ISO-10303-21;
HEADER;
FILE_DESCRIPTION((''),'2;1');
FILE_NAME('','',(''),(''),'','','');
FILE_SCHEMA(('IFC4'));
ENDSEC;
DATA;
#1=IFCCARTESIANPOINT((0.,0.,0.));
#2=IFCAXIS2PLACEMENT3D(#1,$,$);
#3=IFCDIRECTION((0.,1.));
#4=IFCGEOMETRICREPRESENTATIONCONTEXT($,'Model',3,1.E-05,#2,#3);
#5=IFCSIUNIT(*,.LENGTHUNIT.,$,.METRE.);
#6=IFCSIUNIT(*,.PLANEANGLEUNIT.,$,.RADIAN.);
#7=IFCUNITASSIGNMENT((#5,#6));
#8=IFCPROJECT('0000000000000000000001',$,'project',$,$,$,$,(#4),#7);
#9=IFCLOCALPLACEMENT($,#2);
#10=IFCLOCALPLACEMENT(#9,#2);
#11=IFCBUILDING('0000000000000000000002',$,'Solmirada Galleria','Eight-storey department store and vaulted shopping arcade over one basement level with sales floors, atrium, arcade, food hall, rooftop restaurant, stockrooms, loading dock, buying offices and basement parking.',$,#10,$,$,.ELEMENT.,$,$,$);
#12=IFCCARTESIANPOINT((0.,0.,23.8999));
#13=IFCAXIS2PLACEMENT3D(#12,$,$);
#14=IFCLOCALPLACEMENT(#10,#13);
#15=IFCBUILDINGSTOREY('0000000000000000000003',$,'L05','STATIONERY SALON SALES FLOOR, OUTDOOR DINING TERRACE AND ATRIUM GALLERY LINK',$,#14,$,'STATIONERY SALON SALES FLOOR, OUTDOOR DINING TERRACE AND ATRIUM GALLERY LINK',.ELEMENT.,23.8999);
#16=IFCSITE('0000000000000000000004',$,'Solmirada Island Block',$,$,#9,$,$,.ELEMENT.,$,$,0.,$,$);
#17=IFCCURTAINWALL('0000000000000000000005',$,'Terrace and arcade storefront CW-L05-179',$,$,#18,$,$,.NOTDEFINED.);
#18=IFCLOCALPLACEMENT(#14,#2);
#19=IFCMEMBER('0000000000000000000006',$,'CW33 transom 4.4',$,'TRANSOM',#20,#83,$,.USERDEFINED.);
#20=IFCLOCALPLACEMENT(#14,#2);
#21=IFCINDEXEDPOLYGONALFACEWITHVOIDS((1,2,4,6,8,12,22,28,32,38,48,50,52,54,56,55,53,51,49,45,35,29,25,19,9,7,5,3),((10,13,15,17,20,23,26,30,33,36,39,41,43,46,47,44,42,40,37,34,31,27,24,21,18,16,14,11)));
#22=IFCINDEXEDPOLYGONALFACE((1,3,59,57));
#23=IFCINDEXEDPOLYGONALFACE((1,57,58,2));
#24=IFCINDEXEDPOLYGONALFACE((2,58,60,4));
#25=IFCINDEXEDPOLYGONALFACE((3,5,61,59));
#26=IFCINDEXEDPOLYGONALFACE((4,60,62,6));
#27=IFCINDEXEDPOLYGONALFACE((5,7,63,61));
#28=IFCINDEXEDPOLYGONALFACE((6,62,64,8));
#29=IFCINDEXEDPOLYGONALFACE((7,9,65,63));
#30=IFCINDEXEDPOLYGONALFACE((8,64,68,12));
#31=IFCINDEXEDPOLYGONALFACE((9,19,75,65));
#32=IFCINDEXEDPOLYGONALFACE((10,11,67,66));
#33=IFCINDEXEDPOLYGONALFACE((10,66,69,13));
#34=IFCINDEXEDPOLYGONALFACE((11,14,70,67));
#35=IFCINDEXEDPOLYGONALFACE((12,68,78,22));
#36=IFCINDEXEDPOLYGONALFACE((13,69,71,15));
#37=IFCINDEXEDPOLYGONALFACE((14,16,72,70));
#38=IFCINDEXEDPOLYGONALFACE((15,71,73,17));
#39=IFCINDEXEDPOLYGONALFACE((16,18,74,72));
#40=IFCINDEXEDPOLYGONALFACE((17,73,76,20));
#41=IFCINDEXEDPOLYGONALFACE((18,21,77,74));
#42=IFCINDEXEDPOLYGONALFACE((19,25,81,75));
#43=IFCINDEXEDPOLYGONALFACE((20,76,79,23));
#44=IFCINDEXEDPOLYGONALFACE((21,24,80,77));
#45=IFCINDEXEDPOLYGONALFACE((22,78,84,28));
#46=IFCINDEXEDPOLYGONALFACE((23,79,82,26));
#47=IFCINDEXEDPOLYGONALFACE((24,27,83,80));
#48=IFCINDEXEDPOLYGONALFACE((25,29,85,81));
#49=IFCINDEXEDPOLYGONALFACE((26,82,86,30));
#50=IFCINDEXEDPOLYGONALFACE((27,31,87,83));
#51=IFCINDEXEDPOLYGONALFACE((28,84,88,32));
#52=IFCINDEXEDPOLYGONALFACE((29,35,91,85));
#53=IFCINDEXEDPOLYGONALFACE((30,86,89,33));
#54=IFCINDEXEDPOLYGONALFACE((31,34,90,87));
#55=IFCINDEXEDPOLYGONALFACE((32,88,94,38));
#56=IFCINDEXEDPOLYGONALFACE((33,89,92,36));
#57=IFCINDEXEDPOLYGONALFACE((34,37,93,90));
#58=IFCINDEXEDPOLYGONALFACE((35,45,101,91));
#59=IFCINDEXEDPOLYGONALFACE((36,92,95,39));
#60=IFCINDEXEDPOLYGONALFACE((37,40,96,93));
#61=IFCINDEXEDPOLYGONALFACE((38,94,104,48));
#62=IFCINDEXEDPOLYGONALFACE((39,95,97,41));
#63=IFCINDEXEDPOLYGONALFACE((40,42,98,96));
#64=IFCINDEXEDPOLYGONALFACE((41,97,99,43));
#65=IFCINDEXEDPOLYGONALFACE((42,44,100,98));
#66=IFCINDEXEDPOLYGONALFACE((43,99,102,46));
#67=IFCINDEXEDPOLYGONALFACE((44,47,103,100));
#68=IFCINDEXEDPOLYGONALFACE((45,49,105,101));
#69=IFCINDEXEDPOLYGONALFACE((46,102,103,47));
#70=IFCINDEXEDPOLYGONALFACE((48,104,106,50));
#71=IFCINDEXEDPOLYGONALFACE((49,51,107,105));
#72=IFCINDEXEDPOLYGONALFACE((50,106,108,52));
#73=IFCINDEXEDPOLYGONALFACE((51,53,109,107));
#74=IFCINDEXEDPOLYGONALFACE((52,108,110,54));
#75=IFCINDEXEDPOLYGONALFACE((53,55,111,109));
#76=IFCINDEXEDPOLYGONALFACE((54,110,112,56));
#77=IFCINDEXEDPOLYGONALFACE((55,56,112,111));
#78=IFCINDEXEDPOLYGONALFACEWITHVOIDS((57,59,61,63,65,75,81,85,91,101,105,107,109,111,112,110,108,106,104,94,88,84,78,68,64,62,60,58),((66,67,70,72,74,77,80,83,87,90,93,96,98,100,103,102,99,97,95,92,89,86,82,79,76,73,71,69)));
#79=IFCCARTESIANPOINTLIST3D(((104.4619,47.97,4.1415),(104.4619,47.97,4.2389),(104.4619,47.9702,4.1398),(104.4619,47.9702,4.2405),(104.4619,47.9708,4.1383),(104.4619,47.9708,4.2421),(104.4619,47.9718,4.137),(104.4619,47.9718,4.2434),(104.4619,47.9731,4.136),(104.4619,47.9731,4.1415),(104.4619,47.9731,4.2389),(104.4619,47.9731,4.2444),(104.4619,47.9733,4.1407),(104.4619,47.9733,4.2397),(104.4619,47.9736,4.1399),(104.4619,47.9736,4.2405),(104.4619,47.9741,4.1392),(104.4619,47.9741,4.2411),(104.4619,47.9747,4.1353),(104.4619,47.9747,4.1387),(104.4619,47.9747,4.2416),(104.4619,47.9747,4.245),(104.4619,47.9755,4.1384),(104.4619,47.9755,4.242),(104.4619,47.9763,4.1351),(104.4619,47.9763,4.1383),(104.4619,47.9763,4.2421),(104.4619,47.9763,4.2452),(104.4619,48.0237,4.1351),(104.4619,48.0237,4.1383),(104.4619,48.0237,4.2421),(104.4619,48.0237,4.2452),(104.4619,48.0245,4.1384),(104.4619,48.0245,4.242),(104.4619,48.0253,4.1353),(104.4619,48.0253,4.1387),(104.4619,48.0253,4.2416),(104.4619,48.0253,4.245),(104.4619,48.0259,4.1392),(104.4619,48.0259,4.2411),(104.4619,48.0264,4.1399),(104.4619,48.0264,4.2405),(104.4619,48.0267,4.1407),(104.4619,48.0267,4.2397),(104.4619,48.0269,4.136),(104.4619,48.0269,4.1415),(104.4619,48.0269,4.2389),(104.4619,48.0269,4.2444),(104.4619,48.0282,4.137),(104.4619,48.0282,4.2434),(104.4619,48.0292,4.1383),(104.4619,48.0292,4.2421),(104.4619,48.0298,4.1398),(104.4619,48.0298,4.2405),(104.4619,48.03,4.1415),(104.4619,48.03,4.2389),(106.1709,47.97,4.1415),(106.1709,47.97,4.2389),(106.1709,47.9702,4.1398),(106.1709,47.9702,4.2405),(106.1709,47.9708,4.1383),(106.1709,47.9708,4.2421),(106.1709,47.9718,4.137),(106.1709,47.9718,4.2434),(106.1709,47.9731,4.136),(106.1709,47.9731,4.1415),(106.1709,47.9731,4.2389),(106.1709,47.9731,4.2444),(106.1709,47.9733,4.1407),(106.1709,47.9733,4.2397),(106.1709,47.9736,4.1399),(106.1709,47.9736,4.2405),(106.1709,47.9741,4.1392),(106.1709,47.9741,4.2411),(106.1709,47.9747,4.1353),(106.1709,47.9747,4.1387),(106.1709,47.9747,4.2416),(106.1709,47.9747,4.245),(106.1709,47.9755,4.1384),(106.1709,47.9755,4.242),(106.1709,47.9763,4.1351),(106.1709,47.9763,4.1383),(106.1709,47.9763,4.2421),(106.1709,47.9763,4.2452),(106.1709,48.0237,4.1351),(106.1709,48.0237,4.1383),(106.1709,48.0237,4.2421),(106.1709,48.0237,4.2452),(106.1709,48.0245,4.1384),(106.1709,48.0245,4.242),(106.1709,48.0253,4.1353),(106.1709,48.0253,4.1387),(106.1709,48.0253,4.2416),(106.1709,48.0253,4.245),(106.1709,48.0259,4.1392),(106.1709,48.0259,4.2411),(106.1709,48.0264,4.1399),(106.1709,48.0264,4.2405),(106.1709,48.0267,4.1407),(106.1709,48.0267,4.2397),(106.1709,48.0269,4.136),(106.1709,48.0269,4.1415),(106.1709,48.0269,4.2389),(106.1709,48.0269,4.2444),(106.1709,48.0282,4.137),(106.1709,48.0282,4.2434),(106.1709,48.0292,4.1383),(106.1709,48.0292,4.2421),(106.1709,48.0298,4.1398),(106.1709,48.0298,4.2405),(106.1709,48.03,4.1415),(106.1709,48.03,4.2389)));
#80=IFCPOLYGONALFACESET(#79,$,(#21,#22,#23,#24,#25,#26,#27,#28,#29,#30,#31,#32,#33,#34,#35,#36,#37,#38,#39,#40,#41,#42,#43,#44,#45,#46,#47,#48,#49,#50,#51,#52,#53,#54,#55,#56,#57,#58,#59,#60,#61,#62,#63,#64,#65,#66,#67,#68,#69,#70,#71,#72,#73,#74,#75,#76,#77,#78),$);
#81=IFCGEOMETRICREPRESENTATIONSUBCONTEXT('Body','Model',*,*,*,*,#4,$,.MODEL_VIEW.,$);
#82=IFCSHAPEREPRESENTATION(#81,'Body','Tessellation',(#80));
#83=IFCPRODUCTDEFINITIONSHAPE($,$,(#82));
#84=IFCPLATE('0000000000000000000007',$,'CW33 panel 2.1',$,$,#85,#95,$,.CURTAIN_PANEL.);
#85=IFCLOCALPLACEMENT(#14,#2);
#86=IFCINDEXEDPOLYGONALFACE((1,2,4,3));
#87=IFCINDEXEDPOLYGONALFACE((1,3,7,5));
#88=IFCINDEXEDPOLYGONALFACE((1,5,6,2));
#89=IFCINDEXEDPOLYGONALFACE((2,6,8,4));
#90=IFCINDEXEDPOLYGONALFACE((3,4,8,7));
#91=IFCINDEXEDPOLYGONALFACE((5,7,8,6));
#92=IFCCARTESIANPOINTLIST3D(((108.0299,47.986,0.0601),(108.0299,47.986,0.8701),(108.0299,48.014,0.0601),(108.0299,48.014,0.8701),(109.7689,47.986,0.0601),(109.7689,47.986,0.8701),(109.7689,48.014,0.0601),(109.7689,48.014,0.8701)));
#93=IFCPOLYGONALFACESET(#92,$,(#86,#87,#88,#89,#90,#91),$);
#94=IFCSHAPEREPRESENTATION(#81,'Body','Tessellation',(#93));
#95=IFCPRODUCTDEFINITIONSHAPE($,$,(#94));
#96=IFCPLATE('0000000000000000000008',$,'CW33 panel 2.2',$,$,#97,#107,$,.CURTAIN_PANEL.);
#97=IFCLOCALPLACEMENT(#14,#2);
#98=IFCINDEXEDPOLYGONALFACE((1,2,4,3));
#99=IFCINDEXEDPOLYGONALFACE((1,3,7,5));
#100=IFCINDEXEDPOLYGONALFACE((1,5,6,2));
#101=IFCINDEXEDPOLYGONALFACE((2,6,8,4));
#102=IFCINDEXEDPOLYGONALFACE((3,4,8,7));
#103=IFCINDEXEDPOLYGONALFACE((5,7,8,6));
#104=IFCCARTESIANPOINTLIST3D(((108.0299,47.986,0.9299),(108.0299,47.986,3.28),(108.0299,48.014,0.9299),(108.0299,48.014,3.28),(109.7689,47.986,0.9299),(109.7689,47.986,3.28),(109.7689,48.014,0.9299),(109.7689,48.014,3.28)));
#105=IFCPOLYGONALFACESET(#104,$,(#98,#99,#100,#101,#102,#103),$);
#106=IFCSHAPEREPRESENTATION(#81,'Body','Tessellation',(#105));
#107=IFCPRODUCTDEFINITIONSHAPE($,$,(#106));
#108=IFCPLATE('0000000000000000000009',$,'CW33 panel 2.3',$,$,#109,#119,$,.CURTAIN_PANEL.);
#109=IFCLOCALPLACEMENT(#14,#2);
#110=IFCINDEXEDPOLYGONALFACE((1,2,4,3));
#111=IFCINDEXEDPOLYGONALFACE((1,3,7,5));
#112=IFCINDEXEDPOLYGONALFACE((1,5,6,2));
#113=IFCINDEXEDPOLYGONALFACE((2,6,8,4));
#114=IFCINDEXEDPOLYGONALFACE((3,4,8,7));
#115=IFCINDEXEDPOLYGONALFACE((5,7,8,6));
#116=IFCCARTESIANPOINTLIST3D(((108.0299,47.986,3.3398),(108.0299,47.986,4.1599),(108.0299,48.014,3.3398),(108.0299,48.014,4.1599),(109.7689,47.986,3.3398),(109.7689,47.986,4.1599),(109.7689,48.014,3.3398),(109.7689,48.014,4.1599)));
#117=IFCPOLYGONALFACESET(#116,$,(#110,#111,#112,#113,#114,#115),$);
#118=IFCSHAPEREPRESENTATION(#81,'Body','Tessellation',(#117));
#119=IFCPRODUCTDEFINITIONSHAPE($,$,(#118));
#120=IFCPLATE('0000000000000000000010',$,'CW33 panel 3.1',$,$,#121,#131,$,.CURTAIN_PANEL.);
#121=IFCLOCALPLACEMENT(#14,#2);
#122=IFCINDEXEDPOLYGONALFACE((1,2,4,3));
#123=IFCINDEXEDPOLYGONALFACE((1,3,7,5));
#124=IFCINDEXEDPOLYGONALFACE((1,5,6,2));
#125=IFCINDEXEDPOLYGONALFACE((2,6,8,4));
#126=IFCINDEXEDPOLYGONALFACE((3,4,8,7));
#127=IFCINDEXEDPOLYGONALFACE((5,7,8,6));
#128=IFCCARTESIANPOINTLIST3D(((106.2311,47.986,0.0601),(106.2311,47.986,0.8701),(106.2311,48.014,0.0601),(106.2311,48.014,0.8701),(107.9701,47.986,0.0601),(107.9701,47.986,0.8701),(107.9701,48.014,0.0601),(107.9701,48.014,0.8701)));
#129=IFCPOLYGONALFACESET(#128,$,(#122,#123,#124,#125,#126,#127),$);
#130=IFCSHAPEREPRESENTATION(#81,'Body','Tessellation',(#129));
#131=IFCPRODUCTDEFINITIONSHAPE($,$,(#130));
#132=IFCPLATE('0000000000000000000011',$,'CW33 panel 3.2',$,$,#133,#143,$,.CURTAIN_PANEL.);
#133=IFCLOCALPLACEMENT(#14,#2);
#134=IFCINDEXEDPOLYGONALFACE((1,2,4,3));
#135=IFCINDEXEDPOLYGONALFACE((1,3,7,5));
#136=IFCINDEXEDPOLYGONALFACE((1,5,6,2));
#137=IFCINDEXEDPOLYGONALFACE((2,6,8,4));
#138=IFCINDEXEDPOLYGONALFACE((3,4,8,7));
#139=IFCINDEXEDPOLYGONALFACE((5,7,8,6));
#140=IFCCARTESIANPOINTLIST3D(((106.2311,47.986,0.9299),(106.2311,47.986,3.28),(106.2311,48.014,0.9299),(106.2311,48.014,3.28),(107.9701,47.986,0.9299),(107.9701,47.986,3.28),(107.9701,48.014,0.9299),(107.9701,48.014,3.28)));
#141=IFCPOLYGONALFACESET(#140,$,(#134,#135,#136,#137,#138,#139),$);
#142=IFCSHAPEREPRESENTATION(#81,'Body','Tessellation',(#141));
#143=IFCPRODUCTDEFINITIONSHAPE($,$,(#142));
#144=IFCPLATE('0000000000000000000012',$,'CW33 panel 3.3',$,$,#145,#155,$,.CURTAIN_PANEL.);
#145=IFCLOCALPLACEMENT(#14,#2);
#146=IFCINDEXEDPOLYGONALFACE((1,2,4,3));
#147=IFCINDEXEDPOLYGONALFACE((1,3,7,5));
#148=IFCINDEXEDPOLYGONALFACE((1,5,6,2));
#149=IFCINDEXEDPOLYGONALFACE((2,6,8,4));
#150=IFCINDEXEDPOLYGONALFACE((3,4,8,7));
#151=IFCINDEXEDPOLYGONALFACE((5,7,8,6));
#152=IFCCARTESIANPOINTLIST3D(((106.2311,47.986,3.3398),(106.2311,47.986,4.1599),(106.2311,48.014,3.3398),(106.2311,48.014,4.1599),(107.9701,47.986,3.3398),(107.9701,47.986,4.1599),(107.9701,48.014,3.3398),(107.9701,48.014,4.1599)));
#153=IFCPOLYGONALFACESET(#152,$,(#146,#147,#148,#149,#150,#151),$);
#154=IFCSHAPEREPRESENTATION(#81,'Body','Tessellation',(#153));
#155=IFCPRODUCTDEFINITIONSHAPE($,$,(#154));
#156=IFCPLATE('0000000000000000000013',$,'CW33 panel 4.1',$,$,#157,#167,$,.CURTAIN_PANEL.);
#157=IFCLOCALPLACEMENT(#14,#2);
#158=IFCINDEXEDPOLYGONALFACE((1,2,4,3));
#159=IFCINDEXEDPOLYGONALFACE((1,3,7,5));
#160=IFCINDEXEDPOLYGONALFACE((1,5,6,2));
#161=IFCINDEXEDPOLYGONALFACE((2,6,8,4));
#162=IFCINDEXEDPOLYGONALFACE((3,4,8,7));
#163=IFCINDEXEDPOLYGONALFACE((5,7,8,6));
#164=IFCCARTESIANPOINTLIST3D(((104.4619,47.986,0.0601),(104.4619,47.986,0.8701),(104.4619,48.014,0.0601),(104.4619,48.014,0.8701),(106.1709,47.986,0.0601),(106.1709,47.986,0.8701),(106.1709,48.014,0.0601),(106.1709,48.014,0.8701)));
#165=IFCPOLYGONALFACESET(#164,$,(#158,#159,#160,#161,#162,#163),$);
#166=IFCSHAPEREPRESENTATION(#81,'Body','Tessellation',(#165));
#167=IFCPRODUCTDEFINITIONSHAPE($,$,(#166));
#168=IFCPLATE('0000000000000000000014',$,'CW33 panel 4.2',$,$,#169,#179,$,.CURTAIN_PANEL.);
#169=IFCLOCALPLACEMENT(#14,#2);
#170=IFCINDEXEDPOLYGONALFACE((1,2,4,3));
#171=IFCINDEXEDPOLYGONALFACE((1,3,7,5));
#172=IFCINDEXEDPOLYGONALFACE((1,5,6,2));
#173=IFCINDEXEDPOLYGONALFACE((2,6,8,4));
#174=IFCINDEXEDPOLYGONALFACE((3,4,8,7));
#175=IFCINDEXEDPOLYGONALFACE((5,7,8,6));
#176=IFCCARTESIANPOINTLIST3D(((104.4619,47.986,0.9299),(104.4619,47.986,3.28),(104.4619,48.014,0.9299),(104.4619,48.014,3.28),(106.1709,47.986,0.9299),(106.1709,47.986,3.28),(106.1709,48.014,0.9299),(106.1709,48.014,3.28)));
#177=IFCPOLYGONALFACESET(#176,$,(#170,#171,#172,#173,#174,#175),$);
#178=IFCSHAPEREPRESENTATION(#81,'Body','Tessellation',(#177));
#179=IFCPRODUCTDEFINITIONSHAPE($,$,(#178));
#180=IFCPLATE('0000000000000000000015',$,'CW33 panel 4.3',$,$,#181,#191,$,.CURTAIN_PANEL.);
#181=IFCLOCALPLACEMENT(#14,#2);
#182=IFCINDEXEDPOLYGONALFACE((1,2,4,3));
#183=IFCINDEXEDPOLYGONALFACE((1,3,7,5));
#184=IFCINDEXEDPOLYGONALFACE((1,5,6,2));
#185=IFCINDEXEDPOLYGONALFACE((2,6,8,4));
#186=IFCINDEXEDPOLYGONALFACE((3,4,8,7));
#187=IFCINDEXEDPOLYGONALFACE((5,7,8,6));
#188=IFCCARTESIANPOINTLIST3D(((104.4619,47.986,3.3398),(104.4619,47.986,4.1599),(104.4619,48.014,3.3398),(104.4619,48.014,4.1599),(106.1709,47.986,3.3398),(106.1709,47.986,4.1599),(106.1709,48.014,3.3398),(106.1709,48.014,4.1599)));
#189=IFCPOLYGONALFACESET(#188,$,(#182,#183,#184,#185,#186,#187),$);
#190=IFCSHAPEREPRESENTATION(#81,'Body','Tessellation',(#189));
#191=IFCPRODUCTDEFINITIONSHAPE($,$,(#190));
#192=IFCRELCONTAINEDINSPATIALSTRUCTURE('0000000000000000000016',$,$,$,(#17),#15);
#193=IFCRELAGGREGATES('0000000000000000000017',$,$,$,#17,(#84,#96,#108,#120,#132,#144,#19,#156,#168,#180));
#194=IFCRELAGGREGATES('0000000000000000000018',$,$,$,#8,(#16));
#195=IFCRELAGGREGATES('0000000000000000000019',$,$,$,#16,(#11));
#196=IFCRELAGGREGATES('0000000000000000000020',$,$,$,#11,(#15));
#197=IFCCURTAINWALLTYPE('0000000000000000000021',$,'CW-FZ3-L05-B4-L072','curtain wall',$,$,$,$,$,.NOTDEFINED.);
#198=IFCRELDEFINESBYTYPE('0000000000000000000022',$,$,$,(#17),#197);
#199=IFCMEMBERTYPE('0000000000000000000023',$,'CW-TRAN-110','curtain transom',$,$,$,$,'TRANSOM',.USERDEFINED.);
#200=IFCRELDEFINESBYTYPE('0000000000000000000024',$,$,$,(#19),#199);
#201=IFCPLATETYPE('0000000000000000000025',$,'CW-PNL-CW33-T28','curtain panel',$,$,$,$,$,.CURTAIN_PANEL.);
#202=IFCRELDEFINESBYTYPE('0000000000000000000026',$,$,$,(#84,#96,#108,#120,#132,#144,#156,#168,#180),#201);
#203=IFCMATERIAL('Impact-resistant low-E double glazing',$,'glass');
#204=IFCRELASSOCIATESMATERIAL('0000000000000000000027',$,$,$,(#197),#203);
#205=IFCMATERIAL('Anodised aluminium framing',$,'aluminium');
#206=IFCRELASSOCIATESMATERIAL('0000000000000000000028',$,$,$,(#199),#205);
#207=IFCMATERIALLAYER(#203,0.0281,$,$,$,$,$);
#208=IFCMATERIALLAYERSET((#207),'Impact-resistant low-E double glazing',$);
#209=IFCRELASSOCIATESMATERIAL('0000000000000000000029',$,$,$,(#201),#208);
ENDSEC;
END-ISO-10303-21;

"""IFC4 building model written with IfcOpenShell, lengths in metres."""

from ifc_helpers import new_model, si_unit, direction, frame, origin, origin_2d, place, context, subcontext, project, spatial, rectangle, hollow_rectangle, extrude, material, layer, layer_set, material_profile, profile_set, type_object, element, aggregate, save


model = new_model("IFC4")

# Units and contexts
model_context = context("Model", 3, precision=1e-05, world=origin(), true_north=direction((0.0, 1.0)))
body_context = subcontext(model_context, "Body", "Model", "MODEL_VIEW")
ifc_project = project(units=[si_unit("LENGTHUNIT", "METRE"), si_unit("PLANEANGLEUNIT", "RADIAN")], contexts=[model_context])

# Site, building, storey
site_placement = place(None, origin())
site = spatial("IfcSite", under=ifc_project, at=site_placement, Name="Solmirada Island Block", CompositionType="ELEMENT", RefElevation=0.0)
building_placement = place(site_placement, origin())
building = spatial("IfcBuilding", under=site, at=building_placement, Name="Solmirada Galleria", Description="Eight-storey department store and vaulted shopping arcade over one basement level with sales floors, atrium, arcade, food hall, rooftop restaurant, stockrooms, loading dock, buying offices and basement parking.", CompositionType="ELEMENT")
storey_placement = place(building_placement, frame((0.0, 0.0, 23.8999)))
storey = spatial("IfcBuildingStorey", under=building, at=storey_placement, Name="L05", Description="STATIONERY SALON SALES FLOOR, OUTDOOR DINING TERRACE AND ATRIUM GALLERY LINK", LongName="STATIONERY SALON SALES FLOOR, OUTDOOR DINING TERRACE AND ATRIUM GALLERY LINK", CompositionType="ELEMENT", Elevation=23.8999)

# Curtain wall
ifc_material_1 = material(Name="Impact-resistant low-E double glazing", Category="glass")
curtain_wall_type = type_object("IfcCurtainWallType", Name="CW-FZ3-L05-B4-L072", Description="curtain wall", PredefinedType="NOTDEFINED", material=ifc_material_1)
curtain_wall_1_placement = place(storey_placement, origin())
curtain_wall_1 = element("IfcCurtainWall", 1, at=curtain_wall_1_placement, inside=storey, type_object=curtain_wall_type, Name="Terrace and arcade storefront CW-L05-179", PredefinedType="NOTDEFINED")
ifc_material_2 = material(Name="Anodised aluminium framing", Category="aluminium")

# Member
ifc_material_profile_1 = material_profile(ifc_material_2, hollow_rectangle(XDim=0.0601, YDim=0.1101, WallThickness=0.0032, InnerFilletRadius=0.0032, OuterFilletRadius=0.0063, at=origin_2d()), Name="ALU-TRAN-110X60")
ifc_profile_set_1 = profile_set([ifc_material_profile_1], Name="Anodised aluminium framing")
member_type_1 = type_object("IfcMemberType", Name="CW-TRAN-110", Description="curtain transom", ElementType="TRANSOM", PredefinedType="USERDEFINED", material=ifc_profile_set_1)
member_1_placement = place(storey_placement, frame((106.1709, 48.0, 4.1902), z_axis=(-1.0, 0.0, 0.0), x_axis=(0.0, -1.0, 0.0)))
member_1 = element("IfcMember", 2, at=member_1_placement, type_object=member_type_1, Name="CW33 transom 4.4", ObjectType="TRANSOM", PredefinedType="USERDEFINED", context=body_context, shape_type="SweptSolid", body=[
    extrude(hollow_rectangle(XDim=0.0601, YDim=0.1101, WallThickness=0.0032, InnerFilletRadius=0.0032, OuterFilletRadius=0.0063, at=origin_2d()), origin(), (0.0, 0.0, 1.0), 1.709),
])

# Plates
ifc_layer = layer(ifc_material_1, 0.0281)
ifc_layer_set = layer_set([ifc_layer], Name="Impact-resistant low-E double glazing")
plate_type = type_object("IfcPlateType", Name="CW-PNL-CW33-T28", Description="curtain panel", PredefinedType="CURTAIN_PANEL", material=ifc_layer_set)
plate_1_placement = place(storey_placement, frame((108.8994, 48.0, 0.0601), z_axis=(0.0, 0.0, 1.0), x_axis=(-1.0, 0.0, 0.0)))
plate_1 = element("IfcPlate", 3, at=plate_1_placement, type_object=plate_type, Name="CW33 panel 2.1", PredefinedType="CURTAIN_PANEL", context=body_context, shape_type="SweptSolid", body=[
    extrude(rectangle(XDim=1.739, YDim=0.0281, at=origin_2d()), origin(), (0.0, 0.0, 1.0), 0.8101),
])
plate_2_placement = place(storey_placement, frame((108.8994, 48.0, 0.9299), z_axis=(0.0, 0.0, 1.0), x_axis=(-1.0, 0.0, 0.0)))
plate_2 = element("IfcPlate", 4, at=plate_2_placement, type_object=plate_type, Name="CW33 panel 2.2", PredefinedType="CURTAIN_PANEL", context=body_context, shape_type="SweptSolid", body=[
    extrude(rectangle(XDim=1.739, YDim=0.0281, at=origin_2d()), origin(), (0.0, 0.0, 1.0), 2.3501),
])
plate_3_placement = place(storey_placement, frame((108.8994, 48.0, 3.3398), z_axis=(0.0, 0.0, 1.0), x_axis=(-1.0, 0.0, 0.0)))
plate_3 = element("IfcPlate", 5, at=plate_3_placement, type_object=plate_type, Name="CW33 panel 2.3", PredefinedType="CURTAIN_PANEL", context=body_context, shape_type="SweptSolid", body=[
    extrude(rectangle(XDim=1.739, YDim=0.0281, at=origin_2d()), origin(), (0.0, 0.0, 1.0), 0.8201),
])
plate_4_placement = place(storey_placement, frame((107.1006, 48.0, 0.0601), z_axis=(0.0, 0.0, 1.0), x_axis=(-1.0, 0.0, 0.0)))
plate_4 = element("IfcPlate", 6, at=plate_4_placement, type_object=plate_type, Name="CW33 panel 3.1", PredefinedType="CURTAIN_PANEL", context=body_context, shape_type="SweptSolid", body=[
    extrude(rectangle(XDim=1.739, YDim=0.0281, at=origin_2d()), origin(), (0.0, 0.0, 1.0), 0.8101),
])
plate_5_placement = place(storey_placement, frame((107.1006, 48.0, 0.9299), z_axis=(0.0, 0.0, 1.0), x_axis=(-1.0, 0.0, 0.0)))
plate_5 = element("IfcPlate", 7, at=plate_5_placement, type_object=plate_type, Name="CW33 panel 3.2", PredefinedType="CURTAIN_PANEL", context=body_context, shape_type="SweptSolid", body=[
    extrude(rectangle(XDim=1.739, YDim=0.0281, at=origin_2d()), origin(), (0.0, 0.0, 1.0), 2.3501),
])
plate_6_placement = place(storey_placement, frame((107.1006, 48.0, 3.3398), z_axis=(0.0, 0.0, 1.0), x_axis=(-1.0, 0.0, 0.0)))
plate_6 = element("IfcPlate", 8, at=plate_6_placement, type_object=plate_type, Name="CW33 panel 3.3", PredefinedType="CURTAIN_PANEL", context=body_context, shape_type="SweptSolid", body=[
    extrude(rectangle(XDim=1.739, YDim=0.0281, at=origin_2d()), origin(), (0.0, 0.0, 1.0), 0.8201),
])
plate_7_placement = place(storey_placement, frame((105.3164, 48.0, 0.0601), z_axis=(0.0, 0.0, 1.0), x_axis=(-1.0, 0.0, 0.0)))
plate_7 = element("IfcPlate", 9, at=plate_7_placement, type_object=plate_type, Name="CW33 panel 4.1", PredefinedType="CURTAIN_PANEL", context=body_context, shape_type="SweptSolid", body=[
    extrude(rectangle(XDim=1.709, YDim=0.0281, at=origin_2d()), origin(), (0.0, 0.0, 1.0), 0.8101),
])
plate_8_placement = place(storey_placement, frame((105.3164, 48.0, 0.9299), z_axis=(0.0, 0.0, 1.0), x_axis=(-1.0, 0.0, 0.0)))
plate_8 = element("IfcPlate", 10, at=plate_8_placement, type_object=plate_type, Name="CW33 panel 4.2", PredefinedType="CURTAIN_PANEL", context=body_context, shape_type="SweptSolid", body=[
    extrude(rectangle(XDim=1.709, YDim=0.0281, at=origin_2d()), origin(), (0.0, 0.0, 1.0), 2.3501),
])
plate_9_placement = place(storey_placement, frame((105.3164, 48.0, 3.3398), z_axis=(0.0, 0.0, 1.0), x_axis=(-1.0, 0.0, 0.0)))
plate_9 = element("IfcPlate", 11, at=plate_9_placement, type_object=plate_type, Name="CW33 panel 4.3", PredefinedType="CURTAIN_PANEL", context=body_context, shape_type="SweptSolid", body=[
    extrude(rectangle(XDim=1.709, YDim=0.0281, at=origin_2d()), origin(), (0.0, 0.0, 1.0), 0.8201),
])
aggregate(curtain_wall_1, [plate_1, plate_2, plate_3, plate_4, plate_5, plate_6, member_1, plate_7, plate_8, plate_9])

save(model, "model.ifc")
